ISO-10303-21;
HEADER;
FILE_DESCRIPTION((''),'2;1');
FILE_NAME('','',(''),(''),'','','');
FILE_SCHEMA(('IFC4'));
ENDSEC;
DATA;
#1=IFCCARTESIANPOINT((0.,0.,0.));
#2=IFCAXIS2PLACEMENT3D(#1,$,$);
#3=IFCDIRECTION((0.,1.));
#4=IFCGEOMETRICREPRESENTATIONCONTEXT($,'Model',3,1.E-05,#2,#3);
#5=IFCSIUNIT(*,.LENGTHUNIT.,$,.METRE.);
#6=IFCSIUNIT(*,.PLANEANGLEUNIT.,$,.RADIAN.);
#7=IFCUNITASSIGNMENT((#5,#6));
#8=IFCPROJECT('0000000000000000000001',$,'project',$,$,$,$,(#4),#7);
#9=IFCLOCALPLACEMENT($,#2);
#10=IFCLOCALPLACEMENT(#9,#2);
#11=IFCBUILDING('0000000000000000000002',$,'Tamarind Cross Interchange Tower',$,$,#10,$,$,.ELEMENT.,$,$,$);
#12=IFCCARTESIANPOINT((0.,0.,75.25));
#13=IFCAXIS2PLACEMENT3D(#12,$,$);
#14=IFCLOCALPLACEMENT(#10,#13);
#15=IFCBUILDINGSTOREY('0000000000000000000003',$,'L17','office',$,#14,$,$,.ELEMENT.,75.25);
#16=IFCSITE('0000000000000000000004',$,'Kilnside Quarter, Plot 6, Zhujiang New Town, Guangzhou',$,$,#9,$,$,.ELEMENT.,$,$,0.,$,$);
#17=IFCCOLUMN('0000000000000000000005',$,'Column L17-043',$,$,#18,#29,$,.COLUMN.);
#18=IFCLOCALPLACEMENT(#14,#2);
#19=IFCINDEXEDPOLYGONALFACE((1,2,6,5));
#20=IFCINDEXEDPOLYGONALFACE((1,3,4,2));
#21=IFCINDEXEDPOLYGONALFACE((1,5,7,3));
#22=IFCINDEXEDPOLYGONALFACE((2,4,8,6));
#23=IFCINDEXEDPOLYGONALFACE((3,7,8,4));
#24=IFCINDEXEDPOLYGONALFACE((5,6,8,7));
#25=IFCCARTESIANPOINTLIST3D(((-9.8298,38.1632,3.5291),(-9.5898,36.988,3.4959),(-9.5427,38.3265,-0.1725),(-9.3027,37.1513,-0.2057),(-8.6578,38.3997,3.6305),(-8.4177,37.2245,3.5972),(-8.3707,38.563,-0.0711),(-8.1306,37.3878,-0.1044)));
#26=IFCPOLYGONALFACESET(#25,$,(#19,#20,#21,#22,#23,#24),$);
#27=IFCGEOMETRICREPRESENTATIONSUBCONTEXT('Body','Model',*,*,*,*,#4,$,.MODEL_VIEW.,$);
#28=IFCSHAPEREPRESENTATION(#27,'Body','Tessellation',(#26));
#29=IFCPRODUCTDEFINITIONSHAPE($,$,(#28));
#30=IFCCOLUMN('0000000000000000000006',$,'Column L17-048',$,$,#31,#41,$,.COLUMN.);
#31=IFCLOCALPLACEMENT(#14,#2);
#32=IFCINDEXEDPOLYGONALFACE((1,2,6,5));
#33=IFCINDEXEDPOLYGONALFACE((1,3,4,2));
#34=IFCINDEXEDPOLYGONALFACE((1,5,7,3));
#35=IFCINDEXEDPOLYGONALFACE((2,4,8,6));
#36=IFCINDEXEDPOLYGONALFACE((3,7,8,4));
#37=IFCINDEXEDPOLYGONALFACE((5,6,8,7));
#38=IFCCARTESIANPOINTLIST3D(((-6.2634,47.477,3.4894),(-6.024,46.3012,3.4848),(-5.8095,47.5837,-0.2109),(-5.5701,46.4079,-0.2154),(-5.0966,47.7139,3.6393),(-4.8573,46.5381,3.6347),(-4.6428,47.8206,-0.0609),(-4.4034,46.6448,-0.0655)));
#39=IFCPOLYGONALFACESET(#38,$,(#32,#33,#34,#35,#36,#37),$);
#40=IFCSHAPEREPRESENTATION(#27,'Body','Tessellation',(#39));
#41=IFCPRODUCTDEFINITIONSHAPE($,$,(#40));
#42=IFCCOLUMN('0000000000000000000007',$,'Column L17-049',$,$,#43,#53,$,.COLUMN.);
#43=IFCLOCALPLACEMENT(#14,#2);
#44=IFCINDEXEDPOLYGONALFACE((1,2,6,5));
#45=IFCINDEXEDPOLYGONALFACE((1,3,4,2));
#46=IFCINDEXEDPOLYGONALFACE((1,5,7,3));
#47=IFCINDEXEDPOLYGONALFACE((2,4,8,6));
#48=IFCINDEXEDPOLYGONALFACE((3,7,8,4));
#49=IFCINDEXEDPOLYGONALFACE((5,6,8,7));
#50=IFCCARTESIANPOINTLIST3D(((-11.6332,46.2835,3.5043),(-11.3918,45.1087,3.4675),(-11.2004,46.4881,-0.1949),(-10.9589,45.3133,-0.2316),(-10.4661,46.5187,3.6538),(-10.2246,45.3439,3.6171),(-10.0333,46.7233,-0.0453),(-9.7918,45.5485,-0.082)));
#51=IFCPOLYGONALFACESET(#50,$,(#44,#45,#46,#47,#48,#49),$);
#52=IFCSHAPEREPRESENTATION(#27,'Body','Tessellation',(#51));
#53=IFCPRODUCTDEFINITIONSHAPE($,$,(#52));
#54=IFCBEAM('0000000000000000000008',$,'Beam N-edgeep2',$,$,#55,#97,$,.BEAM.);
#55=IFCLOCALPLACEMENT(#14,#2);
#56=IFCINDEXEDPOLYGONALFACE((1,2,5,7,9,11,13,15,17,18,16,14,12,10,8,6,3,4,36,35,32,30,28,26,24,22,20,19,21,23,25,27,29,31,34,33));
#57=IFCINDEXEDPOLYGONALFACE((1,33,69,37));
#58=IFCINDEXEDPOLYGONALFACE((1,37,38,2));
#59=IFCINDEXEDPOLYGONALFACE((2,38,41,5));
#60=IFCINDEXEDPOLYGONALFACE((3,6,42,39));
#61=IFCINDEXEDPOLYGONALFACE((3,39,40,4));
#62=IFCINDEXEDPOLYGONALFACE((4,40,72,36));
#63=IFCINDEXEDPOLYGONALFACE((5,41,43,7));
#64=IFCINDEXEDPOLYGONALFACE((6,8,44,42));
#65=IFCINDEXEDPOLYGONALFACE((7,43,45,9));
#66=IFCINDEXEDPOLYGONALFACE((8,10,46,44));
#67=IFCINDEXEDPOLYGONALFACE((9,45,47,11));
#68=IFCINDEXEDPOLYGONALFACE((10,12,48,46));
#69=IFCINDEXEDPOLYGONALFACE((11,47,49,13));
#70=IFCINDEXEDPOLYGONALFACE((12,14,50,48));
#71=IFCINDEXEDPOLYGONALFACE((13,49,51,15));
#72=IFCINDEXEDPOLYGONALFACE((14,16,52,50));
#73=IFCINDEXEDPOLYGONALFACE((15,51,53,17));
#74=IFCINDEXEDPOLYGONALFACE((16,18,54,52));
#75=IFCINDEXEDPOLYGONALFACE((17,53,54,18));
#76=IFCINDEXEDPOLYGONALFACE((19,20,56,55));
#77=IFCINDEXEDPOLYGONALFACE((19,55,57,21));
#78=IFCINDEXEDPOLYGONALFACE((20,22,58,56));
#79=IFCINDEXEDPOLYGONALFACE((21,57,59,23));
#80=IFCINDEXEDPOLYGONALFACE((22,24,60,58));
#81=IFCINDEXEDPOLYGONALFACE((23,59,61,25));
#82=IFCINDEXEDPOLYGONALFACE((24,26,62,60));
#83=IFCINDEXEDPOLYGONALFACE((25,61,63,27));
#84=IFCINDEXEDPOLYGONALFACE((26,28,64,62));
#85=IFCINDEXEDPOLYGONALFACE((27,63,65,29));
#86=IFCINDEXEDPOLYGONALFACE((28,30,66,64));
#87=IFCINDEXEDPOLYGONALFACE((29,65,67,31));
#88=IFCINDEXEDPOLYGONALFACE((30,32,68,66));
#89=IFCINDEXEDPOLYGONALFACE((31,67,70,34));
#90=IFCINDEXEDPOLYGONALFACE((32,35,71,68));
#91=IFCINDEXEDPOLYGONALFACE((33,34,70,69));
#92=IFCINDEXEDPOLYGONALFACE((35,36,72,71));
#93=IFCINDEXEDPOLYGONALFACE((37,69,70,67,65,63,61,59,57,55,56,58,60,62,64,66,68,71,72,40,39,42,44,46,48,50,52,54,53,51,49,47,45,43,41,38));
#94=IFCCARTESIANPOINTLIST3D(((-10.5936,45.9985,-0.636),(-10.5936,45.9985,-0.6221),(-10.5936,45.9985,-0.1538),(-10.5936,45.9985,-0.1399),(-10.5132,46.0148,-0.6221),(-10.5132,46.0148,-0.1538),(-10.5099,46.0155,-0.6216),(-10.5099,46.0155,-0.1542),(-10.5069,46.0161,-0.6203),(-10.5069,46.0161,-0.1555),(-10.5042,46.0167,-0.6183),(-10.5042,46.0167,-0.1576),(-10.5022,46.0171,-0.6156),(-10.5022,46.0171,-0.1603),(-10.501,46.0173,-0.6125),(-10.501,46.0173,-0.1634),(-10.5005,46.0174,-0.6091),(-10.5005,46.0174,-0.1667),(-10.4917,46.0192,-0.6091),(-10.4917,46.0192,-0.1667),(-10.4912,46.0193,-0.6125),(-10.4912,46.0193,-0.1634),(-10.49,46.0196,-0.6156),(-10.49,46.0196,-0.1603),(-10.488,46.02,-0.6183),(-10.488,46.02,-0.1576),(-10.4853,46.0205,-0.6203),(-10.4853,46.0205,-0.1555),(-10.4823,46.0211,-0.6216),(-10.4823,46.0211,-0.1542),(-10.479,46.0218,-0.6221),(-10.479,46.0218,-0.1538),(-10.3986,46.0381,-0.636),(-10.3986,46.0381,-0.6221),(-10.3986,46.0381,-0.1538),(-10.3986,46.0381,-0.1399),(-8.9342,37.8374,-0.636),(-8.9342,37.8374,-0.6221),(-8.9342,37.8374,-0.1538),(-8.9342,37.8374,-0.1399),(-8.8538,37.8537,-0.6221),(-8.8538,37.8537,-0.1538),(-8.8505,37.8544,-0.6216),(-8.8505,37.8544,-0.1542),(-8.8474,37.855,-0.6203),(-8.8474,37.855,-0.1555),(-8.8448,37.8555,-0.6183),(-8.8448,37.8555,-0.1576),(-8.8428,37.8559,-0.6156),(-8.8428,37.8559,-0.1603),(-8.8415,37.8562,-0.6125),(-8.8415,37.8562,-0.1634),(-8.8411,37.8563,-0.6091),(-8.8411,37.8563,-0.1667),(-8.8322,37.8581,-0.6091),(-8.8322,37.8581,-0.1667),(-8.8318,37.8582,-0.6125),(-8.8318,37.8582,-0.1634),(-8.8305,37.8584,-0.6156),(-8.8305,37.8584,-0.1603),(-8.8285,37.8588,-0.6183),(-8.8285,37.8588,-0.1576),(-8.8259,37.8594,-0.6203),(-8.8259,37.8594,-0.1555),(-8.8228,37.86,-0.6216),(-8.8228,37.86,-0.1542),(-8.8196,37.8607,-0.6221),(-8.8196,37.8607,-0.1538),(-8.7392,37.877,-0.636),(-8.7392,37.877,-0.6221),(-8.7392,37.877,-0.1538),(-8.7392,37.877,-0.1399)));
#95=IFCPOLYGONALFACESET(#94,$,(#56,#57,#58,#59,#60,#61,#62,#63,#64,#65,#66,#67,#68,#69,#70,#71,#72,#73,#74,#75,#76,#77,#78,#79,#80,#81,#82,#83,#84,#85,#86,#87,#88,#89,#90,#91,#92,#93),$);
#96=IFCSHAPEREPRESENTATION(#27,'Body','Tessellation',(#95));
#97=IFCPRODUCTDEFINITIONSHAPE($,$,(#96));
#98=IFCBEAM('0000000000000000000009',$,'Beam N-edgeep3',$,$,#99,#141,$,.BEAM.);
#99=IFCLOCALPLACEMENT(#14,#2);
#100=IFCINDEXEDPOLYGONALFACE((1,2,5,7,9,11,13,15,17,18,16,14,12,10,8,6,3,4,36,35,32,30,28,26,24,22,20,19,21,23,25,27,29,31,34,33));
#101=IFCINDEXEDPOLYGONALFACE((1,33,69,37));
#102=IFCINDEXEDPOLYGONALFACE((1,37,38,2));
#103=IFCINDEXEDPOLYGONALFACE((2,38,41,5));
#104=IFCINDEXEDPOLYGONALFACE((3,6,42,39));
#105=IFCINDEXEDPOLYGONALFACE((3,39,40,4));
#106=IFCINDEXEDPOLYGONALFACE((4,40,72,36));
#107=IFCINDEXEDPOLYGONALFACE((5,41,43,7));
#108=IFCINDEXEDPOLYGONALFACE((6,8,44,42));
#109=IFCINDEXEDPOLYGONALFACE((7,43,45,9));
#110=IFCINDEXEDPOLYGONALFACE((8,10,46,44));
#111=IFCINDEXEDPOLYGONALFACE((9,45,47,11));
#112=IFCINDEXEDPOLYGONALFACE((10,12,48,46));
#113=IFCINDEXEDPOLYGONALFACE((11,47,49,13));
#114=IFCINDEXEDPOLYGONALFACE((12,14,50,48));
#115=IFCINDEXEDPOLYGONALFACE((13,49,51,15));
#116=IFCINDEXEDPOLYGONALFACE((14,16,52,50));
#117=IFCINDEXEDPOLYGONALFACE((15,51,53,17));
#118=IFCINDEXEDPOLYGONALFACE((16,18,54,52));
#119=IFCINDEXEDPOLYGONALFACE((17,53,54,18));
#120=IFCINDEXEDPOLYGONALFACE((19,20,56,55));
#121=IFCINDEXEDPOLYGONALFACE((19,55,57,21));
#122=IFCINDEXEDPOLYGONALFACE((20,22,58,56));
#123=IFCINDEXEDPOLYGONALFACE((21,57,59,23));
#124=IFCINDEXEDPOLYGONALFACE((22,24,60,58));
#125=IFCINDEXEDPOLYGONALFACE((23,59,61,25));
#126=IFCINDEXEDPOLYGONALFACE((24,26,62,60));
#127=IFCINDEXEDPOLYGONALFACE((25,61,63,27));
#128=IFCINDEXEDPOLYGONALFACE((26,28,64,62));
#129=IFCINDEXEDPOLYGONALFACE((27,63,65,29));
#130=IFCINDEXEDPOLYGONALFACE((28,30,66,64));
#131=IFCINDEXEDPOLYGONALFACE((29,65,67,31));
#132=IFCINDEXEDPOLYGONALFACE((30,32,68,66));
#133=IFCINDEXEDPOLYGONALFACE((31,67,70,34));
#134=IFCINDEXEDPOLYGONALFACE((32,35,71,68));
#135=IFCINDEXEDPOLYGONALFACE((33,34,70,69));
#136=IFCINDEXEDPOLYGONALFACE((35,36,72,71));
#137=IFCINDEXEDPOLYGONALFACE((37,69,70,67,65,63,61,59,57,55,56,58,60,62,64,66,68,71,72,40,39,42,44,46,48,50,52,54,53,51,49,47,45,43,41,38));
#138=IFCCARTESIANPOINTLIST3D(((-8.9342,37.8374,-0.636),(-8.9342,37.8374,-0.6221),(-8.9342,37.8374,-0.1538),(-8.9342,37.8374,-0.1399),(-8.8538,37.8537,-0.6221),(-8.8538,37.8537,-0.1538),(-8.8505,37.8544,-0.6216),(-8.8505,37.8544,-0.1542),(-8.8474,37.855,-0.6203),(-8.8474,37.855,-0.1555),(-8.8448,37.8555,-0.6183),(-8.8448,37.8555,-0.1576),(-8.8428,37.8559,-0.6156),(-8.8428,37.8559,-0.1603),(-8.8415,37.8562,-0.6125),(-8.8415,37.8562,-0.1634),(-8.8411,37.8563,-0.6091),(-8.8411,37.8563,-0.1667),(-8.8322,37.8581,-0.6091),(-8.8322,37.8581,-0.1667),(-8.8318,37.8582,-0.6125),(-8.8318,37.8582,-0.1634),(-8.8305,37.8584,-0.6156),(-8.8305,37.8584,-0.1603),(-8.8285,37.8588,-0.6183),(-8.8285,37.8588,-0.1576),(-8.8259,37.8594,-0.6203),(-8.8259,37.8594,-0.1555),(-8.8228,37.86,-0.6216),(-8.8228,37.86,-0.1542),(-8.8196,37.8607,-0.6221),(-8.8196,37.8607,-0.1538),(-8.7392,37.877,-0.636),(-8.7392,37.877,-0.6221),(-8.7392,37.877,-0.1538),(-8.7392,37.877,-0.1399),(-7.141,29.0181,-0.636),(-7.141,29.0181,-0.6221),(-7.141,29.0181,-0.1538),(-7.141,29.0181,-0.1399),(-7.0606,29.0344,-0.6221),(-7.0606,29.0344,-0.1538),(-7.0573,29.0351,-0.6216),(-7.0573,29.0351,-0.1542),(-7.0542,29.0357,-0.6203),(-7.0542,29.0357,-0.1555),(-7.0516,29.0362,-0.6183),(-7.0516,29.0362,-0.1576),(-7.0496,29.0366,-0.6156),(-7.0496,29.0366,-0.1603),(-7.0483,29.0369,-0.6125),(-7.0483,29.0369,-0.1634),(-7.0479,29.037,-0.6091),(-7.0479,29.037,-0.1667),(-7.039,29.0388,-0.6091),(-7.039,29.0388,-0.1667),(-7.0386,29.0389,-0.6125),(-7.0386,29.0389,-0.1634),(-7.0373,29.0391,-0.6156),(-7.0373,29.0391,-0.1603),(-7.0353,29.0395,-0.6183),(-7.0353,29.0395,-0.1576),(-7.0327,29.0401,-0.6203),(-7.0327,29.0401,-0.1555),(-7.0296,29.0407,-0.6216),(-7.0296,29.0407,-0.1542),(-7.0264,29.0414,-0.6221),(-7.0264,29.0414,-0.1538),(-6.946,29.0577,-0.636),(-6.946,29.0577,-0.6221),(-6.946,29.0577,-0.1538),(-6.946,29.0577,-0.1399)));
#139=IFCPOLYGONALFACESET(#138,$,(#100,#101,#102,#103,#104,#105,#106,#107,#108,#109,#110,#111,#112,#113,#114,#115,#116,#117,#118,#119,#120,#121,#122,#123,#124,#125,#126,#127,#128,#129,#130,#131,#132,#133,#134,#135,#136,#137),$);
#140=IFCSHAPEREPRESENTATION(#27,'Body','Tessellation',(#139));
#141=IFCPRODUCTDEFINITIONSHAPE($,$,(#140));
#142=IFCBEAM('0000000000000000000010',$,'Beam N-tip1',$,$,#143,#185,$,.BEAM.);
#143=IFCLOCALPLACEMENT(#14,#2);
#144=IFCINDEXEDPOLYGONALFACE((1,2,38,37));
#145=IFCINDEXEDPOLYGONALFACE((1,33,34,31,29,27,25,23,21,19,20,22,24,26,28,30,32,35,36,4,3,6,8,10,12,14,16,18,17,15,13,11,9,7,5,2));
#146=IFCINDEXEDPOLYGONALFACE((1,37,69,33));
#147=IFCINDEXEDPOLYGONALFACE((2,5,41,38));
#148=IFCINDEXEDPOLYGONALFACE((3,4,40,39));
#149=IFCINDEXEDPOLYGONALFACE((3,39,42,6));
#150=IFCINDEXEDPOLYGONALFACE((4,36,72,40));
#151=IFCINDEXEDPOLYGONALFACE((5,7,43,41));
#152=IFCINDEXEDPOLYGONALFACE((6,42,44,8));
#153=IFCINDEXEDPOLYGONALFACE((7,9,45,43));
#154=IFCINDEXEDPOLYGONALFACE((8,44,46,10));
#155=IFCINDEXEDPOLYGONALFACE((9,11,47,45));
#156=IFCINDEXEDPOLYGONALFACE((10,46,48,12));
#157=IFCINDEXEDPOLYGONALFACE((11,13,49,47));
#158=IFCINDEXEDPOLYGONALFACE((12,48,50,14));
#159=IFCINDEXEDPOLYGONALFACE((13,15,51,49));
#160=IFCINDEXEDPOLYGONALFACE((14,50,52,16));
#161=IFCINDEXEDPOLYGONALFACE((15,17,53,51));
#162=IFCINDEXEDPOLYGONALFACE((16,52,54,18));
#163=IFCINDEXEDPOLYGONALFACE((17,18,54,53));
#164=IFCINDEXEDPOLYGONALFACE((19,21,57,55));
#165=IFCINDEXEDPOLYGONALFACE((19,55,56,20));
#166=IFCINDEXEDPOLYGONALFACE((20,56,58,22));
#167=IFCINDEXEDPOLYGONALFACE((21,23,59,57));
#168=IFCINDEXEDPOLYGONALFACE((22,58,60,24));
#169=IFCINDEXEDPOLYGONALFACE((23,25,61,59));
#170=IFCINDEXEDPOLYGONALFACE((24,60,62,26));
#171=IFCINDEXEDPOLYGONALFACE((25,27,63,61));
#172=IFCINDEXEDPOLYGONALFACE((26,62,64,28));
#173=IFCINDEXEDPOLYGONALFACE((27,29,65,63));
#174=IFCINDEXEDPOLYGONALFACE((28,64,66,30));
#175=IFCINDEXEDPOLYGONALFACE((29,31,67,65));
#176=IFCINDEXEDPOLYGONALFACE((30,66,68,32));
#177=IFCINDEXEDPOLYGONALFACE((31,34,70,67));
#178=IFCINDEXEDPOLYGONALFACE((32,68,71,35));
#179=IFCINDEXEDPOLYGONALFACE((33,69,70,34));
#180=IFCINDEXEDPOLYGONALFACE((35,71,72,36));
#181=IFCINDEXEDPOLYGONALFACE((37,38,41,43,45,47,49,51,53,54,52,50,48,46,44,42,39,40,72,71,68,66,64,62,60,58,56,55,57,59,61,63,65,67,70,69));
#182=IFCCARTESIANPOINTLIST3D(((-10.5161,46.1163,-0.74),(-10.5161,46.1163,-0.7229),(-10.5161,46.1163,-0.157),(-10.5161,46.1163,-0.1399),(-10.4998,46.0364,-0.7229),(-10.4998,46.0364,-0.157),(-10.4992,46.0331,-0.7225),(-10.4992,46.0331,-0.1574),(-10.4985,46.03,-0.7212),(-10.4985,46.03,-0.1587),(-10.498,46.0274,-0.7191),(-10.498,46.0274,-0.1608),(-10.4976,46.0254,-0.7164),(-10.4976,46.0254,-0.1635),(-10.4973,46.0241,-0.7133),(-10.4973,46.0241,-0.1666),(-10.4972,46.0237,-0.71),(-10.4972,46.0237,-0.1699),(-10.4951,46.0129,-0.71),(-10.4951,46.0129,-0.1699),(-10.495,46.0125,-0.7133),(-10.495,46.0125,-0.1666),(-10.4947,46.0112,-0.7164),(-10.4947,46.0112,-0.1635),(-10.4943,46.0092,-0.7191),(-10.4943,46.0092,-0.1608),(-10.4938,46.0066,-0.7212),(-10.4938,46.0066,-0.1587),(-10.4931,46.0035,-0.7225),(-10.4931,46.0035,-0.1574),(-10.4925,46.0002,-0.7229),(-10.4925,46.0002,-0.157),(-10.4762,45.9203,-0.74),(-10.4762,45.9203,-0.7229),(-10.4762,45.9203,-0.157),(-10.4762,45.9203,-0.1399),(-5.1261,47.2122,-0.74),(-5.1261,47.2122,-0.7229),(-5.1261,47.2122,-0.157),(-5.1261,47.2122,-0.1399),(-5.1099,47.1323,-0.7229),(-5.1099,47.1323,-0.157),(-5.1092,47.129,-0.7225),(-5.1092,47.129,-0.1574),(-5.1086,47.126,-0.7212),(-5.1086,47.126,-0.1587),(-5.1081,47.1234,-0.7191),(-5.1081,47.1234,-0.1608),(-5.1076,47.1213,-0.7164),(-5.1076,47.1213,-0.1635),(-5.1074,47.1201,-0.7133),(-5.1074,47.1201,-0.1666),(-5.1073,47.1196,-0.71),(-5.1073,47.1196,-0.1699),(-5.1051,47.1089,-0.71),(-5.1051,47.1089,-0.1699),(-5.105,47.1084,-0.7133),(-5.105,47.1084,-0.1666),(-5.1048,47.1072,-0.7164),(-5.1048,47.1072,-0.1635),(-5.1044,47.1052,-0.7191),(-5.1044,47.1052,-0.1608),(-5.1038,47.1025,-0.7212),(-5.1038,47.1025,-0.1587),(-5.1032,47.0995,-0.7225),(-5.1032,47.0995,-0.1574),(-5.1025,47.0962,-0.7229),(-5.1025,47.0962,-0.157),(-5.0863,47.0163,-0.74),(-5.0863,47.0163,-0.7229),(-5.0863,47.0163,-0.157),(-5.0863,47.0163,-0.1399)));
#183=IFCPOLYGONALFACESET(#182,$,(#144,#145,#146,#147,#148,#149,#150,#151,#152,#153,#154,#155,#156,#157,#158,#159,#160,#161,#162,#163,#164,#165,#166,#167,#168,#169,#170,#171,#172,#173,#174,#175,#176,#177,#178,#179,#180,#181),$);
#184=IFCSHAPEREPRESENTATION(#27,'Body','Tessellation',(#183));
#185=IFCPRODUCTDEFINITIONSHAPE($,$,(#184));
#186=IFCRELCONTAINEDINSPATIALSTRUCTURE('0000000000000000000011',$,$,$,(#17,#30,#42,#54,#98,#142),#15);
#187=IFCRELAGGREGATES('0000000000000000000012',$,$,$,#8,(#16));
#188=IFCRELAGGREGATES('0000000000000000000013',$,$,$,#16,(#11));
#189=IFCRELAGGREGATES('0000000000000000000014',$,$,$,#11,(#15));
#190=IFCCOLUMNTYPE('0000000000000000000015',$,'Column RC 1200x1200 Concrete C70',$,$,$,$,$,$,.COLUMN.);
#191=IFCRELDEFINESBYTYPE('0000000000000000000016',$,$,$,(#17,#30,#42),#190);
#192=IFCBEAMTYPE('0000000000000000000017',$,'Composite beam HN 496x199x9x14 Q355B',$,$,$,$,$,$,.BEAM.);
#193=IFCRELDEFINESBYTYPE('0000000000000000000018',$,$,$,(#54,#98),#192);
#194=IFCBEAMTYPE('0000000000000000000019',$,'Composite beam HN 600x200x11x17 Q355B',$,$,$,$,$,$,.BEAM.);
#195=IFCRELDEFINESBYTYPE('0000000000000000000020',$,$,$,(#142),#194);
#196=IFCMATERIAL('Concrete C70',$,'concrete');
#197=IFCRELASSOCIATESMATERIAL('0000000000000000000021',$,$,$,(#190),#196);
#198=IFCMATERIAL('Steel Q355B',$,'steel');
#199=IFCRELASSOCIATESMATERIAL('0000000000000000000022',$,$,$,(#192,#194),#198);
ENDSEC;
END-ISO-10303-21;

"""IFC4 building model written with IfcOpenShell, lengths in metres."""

from ifc_helpers import new_model, si_unit, direction, frame, origin, origin_2d, place, context, subcontext, project, spatial, rectangle, i_section, extrude, material, material_profile, profile_set, type_object, element, save


model = new_model("IFC4")

# Units and contexts
model_context = context("Model", 3, precision=1e-05, world=origin(), true_north=direction((0.0, 1.0)))
body_context = subcontext(model_context, "Body", "Model", "MODEL_VIEW")
ifc_project = project(units=[si_unit("LENGTHUNIT", "METRE"), si_unit("PLANEANGLEUNIT", "RADIAN")], contexts=[model_context])

# Site, building, storey
site_placement = place(None, origin())
site = spatial("IfcSite", under=ifc_project, at=site_placement, Name="Kilnside Quarter, Plot 6, Zhujiang New Town, Guangzhou", CompositionType="ELEMENT", RefElevation=0.0)
building_placement = place(site_placement, origin())
building = spatial("IfcBuilding", under=site, at=building_placement, Name="Tamarind Cross Interchange Tower", CompositionType="ELEMENT")
storey_placement = place(building_placement, frame((0.0, 0.0, 75.25)))
storey = spatial("IfcBuildingStorey", under=building, at=storey_placement, Name="L17", Description="office", CompositionType="ELEMENT", Elevation=75.25)

# Columns
ifc_material_1 = material(Name="Concrete C70", Category="concrete")
ifc_material_profile_1 = material_profile(ifc_material_1, rectangle(XDim=1.2, YDim=1.2, at=origin_2d()), Name="RC 1200x1200")
ifc_profile_set_1 = profile_set([ifc_material_profile_1], Name="Concrete C70")
column_type = type_object("IfcColumnType", Name="Column RC 1200x1200 Concrete C70", PredefinedType="COLUMN", material=ifc_profile_set_1)
column_1_placement = place(storey_placement, frame((-8.8367, 37.8572, -0.1384), z_axis=(-0.077255, -0.043949, 0.996042), x_axis=(0.97674, 0.197093, 0.084455)))
element("IfcColumn", 1, at=column_1_placement, inside=storey, type_object=column_type, Name="Column L17-043", PredefinedType="COLUMN", context=body_context, shape_type="SweptSolid", body=[
    extrude(rectangle(XDim=1.2, YDim=1.2, at=origin_2d()), origin(), (0.0, 0.0, 1.0), 3.7163),
])
column_2_placement = place(storey_placement, frame((-5.1064, 47.1143, -0.1382), z_axis=(-0.121695, -0.028607, 0.992155), x_axis=(0.972318, 0.197441, 0.124955)))
element("IfcColumn", 2, at=column_2_placement, inside=storey, type_object=column_type, Name="Column L17-048", PredefinedType="COLUMN", context=body_context, shape_type="SweptSolid", body=[
    extrude(rectangle(XDim=1.2, YDim=1.2, at=origin_2d()), origin(), (0.0, 0.0, 1.0), 3.7295),
])
column_3_placement = place(storey_placement, frame((-10.4961, 46.0183, -0.1384), z_axis=(-0.116046, -0.054849, 0.991728), x_axis=(0.972644, 0.196022, 0.124654)))
element("IfcColumn", 3, at=column_3_placement, inside=storey, type_object=column_type, Name="Column L17-049", PredefinedType="COLUMN", context=body_context, shape_type="SweptSolid", body=[
    extrude(rectangle(XDim=1.2, YDim=1.2, at=origin_2d()), origin(), (0.0, 0.0, 1.0), 3.73),
])

# Beams
ifc_material_2 = material(Name="Steel Q355B", Category="steel")
ifc_material_profile_2 = material_profile(ifc_material_2, i_section(OverallWidth=0.199, OverallDepth=0.4961, WebThickness=0.009, FlangeThickness=0.0139, FilletRadius=0.0129, at=origin_2d()), Name="HN 496x199x9x14")
ifc_profile_set_2 = profile_set([ifc_material_profile_2], Name="Steel Q355B")
beam_type_1 = type_object("IfcBeamType", Name="Composite beam HN 496x199x9x14 Q355B", PredefinedType="BEAM", material=ifc_profile_set_2)
beam_1_placement = place(storey_placement, frame((-10.4961, 46.0183, -0.3879), z_axis=(0.199255, -0.979948, 0.0), x_axis=(0.979948, 0.199255, 0.0)))
element("IfcBeam", 4, at=beam_1_placement, inside=storey, type_object=beam_type_1, Name="Beam N-edgeep2", PredefinedType="BEAM", context=body_context, shape_type="SweptSolid", body=[
    extrude(i_section(OverallWidth=0.199, OverallDepth=0.4961, WebThickness=0.009, FlangeThickness=0.0139, FilletRadius=0.0129, at=origin_2d()), origin(), (0.0, 0.0, 1.0), 8.3281),
])
beam_2_placement = place(storey_placement, frame((-8.8367, 37.8572, -0.3879), z_axis=(0.19925, -0.979949, 0.0), x_axis=(0.979949, 0.19925, 0.0)))
element("IfcBeam", 5, at=beam_2_placement, inside=storey, type_object=beam_type_1, Name="Beam N-edgeep3", PredefinedType="BEAM", context=body_context, shape_type="SweptSolid", body=[
    extrude(i_section(OverallWidth=0.199, OverallDepth=0.4961, WebThickness=0.009, FlangeThickness=0.0139, FilletRadius=0.0129, at=origin_2d()), origin(), (0.0, 0.0, 1.0), 8.9998),
])
ifc_material_profile_3 = material_profile(ifc_material_2, i_section(OverallWidth=0.2, OverallDepth=0.6001, WebThickness=0.011, FlangeThickness=0.0171, FilletRadius=0.0129, at=origin_2d()), Name="HN 600x200x11x17")
ifc_profile_set_3 = profile_set([ifc_material_profile_3], Name="Steel Q355B")
beam_type_2 = type_object("IfcBeamType", Name="Composite beam HN 600x200x11x17 Q355B", PredefinedType="BEAM", material=ifc_profile_set_3)
beam_3_placement = place(storey_placement, frame((-5.1062, 47.1143, -0.4399), z_axis=(-0.979947, -0.199256, 0.0), x_axis=(0.199256, -0.979947, 0.0)))
element("IfcBeam", 6, at=beam_3_placement, inside=storey, type_object=beam_type_2, Name="Beam N-tip1", PredefinedType="BEAM", context=body_context, shape_type="SweptSolid", body=[
    extrude(i_section(OverallWidth=0.2, OverallDepth=0.6001, WebThickness=0.011, FlangeThickness=0.0171, FilletRadius=0.0129, at=origin_2d()), origin(), (0.0, 0.0, 1.0), 5.5002),
])

save(model, "model.ifc")
